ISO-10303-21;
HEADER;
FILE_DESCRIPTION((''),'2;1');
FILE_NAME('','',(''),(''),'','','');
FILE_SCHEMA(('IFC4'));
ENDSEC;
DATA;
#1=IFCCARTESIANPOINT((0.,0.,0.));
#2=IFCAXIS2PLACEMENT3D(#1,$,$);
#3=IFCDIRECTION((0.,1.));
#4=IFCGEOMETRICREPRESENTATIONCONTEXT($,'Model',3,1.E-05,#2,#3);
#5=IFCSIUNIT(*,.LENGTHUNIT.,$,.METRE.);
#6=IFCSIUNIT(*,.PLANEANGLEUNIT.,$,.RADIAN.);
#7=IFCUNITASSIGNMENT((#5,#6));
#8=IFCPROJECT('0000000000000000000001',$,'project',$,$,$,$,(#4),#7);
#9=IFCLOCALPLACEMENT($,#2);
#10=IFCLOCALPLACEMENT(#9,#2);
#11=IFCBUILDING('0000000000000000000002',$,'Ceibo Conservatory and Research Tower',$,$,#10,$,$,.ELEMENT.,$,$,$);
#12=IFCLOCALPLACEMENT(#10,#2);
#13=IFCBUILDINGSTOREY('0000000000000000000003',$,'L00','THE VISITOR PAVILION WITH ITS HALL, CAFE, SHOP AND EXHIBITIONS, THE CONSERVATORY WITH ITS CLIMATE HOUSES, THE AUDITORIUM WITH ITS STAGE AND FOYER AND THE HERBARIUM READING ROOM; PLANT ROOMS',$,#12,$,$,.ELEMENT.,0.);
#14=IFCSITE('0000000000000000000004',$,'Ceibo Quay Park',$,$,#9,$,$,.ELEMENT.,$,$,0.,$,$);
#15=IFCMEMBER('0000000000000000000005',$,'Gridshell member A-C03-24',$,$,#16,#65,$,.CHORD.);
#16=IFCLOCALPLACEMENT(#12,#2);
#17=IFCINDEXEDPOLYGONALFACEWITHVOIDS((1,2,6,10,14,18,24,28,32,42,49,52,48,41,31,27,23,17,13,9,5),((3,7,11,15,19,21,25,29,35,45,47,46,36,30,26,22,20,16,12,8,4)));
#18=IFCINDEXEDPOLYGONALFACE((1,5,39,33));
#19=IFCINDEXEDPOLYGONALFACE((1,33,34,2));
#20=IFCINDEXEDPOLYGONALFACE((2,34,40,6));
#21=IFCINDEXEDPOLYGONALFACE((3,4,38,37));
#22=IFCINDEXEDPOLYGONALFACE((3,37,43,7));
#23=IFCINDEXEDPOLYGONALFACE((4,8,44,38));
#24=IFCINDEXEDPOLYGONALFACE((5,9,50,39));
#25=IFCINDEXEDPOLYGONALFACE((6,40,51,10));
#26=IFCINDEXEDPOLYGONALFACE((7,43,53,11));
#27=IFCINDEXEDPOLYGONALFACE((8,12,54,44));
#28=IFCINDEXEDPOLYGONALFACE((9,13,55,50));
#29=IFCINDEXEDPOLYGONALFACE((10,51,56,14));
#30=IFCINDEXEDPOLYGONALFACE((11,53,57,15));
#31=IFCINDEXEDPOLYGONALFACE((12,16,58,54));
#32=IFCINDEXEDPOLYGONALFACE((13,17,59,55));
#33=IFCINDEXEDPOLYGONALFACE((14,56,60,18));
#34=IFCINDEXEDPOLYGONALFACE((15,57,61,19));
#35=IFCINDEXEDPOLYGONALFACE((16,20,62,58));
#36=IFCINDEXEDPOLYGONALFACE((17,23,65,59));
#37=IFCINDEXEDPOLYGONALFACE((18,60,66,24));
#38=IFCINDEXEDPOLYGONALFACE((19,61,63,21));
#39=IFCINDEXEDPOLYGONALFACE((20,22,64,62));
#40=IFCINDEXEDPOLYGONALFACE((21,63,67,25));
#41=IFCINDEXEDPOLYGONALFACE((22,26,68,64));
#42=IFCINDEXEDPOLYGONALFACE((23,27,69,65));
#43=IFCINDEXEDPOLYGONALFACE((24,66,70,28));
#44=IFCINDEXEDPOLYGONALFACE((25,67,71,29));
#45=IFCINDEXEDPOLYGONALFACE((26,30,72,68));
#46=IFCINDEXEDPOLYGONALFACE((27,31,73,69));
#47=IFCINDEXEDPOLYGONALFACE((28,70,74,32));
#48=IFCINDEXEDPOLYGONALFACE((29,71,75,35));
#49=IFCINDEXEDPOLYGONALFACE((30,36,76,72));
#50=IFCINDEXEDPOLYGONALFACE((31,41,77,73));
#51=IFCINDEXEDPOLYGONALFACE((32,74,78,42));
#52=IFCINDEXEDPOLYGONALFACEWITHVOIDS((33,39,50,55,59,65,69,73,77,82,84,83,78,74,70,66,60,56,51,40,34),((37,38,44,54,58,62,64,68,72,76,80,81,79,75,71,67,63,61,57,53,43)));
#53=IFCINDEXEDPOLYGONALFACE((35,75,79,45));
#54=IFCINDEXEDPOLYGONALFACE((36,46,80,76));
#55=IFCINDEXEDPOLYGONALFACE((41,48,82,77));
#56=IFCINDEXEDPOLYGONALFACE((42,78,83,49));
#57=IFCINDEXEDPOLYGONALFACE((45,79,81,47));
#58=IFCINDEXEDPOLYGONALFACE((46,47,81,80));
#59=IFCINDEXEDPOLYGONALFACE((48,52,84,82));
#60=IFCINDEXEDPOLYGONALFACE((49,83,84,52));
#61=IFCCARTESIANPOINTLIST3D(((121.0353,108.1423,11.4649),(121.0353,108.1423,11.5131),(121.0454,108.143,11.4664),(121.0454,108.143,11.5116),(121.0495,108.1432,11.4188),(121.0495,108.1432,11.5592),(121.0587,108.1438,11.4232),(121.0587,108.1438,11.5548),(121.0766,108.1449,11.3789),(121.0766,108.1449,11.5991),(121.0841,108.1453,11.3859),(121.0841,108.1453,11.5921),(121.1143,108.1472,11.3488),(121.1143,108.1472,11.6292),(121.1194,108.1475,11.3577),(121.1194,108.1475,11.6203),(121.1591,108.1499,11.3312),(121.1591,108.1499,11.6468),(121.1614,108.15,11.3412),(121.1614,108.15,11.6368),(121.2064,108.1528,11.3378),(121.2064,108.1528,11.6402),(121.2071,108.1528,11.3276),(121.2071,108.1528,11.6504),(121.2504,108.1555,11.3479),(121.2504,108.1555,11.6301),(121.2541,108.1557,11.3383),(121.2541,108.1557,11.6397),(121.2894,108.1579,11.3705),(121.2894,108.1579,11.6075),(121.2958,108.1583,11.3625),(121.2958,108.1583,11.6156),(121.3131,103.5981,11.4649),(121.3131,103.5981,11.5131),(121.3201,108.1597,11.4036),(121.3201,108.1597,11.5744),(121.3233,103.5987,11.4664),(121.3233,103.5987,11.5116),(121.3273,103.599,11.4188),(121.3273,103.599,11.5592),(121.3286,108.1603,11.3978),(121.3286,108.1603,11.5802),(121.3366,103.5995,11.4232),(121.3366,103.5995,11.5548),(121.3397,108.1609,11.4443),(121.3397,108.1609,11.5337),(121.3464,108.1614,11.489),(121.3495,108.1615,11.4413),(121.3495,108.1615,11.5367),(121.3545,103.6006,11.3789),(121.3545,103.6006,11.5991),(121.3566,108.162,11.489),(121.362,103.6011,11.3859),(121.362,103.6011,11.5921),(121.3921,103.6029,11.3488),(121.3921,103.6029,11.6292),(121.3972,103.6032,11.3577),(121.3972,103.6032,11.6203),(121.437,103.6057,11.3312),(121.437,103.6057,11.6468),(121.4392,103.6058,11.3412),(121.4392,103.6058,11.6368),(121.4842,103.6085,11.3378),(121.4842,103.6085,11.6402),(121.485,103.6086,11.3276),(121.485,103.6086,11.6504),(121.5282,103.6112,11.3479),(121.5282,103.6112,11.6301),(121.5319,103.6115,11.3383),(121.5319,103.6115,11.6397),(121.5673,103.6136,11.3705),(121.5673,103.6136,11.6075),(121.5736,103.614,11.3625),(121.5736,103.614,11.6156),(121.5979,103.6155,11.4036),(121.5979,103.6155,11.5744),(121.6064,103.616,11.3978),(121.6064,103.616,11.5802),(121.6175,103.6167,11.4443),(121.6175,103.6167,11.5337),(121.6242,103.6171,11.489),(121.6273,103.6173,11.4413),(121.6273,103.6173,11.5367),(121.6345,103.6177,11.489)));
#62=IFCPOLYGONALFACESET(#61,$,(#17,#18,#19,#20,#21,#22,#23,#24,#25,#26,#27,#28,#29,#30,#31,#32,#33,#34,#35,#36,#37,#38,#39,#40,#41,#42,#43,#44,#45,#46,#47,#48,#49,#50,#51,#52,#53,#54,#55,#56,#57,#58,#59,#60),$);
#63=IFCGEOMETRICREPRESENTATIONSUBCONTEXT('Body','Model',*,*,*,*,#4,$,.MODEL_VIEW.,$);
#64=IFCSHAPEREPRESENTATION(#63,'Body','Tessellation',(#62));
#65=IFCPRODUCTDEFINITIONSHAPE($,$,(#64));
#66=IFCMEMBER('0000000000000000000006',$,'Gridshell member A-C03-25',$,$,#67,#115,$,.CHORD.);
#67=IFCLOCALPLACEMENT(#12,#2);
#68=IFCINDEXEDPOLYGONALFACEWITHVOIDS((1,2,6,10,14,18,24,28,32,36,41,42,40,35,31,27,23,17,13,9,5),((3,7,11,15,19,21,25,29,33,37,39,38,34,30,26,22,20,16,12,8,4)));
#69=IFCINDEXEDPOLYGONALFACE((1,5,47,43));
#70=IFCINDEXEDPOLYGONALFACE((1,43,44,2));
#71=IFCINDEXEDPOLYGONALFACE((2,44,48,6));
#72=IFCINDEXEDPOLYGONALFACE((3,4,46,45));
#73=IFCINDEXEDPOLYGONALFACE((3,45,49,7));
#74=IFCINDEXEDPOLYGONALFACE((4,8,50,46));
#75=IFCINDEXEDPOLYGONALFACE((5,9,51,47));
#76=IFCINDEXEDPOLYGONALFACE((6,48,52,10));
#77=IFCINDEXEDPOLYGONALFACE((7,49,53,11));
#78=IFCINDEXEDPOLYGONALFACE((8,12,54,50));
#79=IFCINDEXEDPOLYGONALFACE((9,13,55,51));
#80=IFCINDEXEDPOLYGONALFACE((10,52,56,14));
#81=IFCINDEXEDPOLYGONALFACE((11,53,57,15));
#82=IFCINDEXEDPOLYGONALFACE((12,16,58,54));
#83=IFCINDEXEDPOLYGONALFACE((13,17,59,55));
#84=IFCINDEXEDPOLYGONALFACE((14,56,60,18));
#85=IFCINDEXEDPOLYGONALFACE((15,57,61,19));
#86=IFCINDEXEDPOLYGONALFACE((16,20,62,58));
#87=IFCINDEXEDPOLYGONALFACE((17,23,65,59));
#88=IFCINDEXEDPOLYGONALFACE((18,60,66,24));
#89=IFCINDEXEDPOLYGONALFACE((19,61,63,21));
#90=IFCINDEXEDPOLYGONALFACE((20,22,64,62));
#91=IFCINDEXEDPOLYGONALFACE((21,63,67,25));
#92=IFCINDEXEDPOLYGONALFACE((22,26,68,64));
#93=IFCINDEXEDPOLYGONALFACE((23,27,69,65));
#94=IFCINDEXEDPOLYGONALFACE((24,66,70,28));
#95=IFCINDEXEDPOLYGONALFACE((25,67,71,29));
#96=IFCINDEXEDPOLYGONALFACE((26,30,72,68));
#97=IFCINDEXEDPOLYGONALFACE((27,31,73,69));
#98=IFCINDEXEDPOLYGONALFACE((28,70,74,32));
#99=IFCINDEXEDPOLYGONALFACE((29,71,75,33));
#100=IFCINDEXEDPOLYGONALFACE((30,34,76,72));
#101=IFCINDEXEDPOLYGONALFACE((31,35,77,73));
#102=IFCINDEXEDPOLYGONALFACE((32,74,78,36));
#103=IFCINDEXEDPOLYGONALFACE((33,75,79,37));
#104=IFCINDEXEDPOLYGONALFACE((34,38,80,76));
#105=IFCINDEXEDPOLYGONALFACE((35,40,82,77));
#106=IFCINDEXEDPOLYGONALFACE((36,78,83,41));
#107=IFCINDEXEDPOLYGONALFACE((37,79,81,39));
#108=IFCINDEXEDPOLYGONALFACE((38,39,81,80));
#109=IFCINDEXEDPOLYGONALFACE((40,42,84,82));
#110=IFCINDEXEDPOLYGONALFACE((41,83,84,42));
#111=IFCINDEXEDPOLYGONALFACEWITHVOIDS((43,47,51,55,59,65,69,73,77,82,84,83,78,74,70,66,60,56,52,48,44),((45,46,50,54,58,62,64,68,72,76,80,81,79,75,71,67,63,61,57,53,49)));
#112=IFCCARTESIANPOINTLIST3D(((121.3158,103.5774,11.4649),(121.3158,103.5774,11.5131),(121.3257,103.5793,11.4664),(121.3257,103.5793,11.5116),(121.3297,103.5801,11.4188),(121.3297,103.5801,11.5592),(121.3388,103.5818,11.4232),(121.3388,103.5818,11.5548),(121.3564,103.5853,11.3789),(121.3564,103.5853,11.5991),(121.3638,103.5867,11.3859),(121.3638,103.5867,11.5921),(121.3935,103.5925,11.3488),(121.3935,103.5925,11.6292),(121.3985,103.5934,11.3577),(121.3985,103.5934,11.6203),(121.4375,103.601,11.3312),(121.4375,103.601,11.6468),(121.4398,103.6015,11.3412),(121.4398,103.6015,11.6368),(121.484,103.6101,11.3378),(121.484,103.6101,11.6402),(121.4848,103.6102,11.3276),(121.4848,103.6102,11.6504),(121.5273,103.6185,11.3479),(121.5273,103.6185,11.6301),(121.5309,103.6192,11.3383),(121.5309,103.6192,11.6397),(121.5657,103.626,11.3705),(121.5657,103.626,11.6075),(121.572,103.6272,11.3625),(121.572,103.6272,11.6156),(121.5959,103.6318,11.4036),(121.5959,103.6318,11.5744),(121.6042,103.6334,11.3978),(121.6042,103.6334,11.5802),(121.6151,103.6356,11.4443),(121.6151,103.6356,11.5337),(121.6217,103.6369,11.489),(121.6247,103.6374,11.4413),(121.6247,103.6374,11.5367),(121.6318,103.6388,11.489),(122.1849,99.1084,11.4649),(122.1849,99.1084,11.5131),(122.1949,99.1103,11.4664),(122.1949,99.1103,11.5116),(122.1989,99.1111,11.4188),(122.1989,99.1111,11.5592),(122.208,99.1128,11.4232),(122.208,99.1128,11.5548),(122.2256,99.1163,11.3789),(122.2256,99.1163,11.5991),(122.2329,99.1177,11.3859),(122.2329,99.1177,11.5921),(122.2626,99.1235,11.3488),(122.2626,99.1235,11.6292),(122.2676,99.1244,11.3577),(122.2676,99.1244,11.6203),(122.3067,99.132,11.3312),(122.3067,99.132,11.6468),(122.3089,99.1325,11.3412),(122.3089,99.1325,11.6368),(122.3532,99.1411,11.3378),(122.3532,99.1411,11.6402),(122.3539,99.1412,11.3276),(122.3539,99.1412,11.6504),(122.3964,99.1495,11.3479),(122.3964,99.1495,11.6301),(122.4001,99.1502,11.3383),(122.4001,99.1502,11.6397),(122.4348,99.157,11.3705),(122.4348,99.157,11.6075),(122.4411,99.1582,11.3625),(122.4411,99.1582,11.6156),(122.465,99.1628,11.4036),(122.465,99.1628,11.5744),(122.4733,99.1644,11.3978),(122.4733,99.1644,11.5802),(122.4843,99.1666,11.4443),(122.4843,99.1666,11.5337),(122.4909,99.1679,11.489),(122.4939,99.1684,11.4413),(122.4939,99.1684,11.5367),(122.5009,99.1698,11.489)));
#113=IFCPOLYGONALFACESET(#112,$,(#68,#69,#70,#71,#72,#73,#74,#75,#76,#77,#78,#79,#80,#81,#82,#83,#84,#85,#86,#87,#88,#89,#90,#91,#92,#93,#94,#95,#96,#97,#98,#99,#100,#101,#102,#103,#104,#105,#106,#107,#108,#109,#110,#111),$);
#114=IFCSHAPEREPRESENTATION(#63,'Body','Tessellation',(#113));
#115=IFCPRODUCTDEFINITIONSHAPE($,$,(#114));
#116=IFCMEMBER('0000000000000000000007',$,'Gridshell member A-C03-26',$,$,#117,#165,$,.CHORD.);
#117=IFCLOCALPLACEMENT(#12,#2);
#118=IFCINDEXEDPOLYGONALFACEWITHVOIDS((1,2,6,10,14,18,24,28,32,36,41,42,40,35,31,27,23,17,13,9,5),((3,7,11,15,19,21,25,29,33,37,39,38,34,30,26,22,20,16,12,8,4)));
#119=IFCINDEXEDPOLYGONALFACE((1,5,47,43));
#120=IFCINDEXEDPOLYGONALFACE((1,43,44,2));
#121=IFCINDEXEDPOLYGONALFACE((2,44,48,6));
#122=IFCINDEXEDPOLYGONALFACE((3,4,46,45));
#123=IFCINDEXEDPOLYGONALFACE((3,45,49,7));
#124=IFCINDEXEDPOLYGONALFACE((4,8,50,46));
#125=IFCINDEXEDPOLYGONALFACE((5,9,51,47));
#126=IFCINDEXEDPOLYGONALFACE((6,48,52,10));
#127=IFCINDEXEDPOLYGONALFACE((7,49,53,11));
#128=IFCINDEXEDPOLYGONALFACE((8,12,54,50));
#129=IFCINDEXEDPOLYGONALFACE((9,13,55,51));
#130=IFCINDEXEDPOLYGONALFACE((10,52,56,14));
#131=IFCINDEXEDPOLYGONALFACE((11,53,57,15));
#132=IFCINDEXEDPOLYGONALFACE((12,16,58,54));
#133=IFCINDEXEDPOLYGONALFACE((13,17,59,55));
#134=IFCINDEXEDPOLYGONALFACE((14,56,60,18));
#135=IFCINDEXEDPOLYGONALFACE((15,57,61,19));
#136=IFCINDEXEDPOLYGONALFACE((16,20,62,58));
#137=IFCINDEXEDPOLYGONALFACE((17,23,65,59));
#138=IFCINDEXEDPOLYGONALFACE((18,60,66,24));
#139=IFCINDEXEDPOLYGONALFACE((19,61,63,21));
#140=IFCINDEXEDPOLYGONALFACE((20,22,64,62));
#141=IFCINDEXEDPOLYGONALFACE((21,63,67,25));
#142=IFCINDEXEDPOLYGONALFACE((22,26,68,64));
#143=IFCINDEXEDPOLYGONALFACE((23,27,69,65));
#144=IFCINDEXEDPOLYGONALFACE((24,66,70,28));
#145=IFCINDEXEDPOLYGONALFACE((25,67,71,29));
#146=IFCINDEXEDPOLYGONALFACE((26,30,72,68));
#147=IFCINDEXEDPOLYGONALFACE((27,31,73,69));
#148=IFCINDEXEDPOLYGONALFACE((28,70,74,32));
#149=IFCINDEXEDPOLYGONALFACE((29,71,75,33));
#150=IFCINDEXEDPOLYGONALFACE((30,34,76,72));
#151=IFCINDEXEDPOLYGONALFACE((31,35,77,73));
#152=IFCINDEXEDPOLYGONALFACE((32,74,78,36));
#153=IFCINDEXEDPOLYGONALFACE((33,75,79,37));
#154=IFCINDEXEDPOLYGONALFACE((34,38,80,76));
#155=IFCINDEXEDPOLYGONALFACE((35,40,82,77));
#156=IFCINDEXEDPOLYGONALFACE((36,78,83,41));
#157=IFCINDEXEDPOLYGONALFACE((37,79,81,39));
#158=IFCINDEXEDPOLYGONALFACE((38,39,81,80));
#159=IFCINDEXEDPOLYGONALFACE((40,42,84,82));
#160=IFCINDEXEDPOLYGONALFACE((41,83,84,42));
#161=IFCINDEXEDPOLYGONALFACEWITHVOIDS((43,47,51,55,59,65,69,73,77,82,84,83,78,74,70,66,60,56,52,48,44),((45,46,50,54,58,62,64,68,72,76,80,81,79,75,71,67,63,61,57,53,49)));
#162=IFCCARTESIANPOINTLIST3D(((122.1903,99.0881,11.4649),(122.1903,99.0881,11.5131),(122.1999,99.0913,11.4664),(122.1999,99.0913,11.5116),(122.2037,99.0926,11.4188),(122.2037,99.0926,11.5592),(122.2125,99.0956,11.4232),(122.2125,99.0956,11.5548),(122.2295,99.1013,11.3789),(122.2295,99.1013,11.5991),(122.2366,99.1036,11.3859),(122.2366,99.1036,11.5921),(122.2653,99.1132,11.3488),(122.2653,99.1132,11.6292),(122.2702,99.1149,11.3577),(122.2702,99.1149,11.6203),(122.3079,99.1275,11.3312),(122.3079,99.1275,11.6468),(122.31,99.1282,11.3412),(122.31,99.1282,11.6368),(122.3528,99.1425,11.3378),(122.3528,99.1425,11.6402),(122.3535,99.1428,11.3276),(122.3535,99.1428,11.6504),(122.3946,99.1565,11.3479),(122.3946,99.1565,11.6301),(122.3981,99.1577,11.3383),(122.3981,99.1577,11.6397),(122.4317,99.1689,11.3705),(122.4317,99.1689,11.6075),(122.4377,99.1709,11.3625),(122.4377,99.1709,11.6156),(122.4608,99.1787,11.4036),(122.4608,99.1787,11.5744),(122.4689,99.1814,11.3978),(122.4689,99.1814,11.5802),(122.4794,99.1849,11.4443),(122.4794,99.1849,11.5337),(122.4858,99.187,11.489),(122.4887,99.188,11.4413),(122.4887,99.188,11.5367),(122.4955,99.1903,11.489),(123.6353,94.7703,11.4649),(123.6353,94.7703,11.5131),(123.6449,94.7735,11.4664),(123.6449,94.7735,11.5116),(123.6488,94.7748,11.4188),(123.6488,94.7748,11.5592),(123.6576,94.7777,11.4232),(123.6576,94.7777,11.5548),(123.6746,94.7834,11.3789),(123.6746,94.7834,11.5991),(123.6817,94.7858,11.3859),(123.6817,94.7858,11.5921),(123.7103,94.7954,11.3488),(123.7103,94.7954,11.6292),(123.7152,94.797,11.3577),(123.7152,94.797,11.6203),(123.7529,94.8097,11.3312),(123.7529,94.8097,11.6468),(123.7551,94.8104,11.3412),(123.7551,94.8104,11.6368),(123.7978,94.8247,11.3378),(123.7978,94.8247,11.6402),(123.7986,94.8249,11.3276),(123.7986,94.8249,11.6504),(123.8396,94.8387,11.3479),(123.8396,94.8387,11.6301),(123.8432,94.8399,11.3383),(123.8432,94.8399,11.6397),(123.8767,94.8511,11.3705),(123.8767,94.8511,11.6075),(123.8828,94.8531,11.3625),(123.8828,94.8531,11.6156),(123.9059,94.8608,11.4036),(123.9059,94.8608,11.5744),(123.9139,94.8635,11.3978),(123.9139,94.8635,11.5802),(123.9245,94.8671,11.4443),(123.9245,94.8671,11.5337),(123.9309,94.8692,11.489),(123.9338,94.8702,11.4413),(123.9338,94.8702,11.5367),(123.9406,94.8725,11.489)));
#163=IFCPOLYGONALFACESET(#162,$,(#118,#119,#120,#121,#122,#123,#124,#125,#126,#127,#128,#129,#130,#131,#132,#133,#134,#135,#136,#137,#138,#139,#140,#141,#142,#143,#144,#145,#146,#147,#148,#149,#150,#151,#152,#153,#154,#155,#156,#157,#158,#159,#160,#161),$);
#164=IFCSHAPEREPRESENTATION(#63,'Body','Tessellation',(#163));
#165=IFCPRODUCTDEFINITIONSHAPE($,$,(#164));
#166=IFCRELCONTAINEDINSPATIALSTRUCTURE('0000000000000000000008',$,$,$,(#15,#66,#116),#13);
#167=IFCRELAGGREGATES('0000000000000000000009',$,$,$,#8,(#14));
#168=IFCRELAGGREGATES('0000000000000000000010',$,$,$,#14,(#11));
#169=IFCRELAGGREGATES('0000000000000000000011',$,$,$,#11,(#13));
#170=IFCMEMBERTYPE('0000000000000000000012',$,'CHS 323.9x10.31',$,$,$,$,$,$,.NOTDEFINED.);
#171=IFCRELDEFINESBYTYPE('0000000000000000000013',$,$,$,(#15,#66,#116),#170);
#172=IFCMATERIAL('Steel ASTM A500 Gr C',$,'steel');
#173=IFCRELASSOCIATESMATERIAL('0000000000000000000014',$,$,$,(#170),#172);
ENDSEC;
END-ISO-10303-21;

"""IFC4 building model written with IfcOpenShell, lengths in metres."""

from ifc_helpers import new_model, si_unit, direction, frame, origin, origin_2d, place, context, subcontext, project, spatial, hollow_circle, extrude, material, material_profile, profile_set, type_object, element, save


model = new_model("IFC4")

# Units and contexts
model_context = context("Model", 3, precision=1e-05, world=origin(), true_north=direction((0.0, 1.0)))
body_context = subcontext(model_context, "Body", "Model", "MODEL_VIEW")
ifc_project = project(units=[si_unit("LENGTHUNIT", "METRE"), si_unit("PLANEANGLEUNIT", "RADIAN")], contexts=[model_context])

# Site, building, storey
site_placement = place(None, origin())
site = spatial("IfcSite", under=ifc_project, at=site_placement, Name="Ceibo Quay Park", CompositionType="ELEMENT", RefElevation=0.0)
building_placement = place(site_placement, origin())
building = spatial("IfcBuilding", under=site, at=building_placement, Name="Ceibo Conservatory and Research Tower", CompositionType="ELEMENT")
storey_placement = place(building_placement, origin())
storey = spatial("IfcBuildingStorey", under=building, at=storey_placement, Name="L00", Description="THE VISITOR PAVILION WITH ITS HALL, CAFE, SHOP AND EXHIBITIONS, THE CONSERVATORY WITH ITS CLIMATE HOUSES, THE AUDITORIUM WITH ITS STAGE AND FOYER AND THE HERBARIUM READING ROOM; PLANT ROOMS", CompositionType="ELEMENT", Elevation=0.0)

# Members
ifc_material_1 = material(Name="Steel ASTM A500 Gr C", Category="steel")
ifc_material_profile_1 = material_profile(ifc_material_1, hollow_circle(Radius=0.1619, WallThickness=0.0103, at=origin_2d()), Name="CHS 323.9x10.31")
ifc_profile_set_1 = profile_set([ifc_material_profile_1], Name="Steel ASTM A500 Gr C")
member_type_1 = type_object("IfcMemberType", Name="CHS 323.9x10.31", PredefinedType="NOTDEFINED", material=ifc_profile_set_1)
for number, where, z_axis, x_axis, name in (
    (1, (121.1951, 108.1521, 11.489), (0.061026, -0.998136, 0.0), (0.998136, 0.061026, 0.0), "Gridshell member A-C03-24"),
    (2, (121.4729, 103.6079, 11.489), (0.190906, -0.981608, 0.0), (0.981608, 0.190906, 0.0), "Gridshell member A-C03-25"),
):
    element("IfcMember", number, at=place(storey_placement, frame(where, z_axis=z_axis, x_axis=x_axis)), inside=storey, type_object=member_type_1, Name=name, PredefinedType="CHORD", context=body_context, shape_type="SweptSolid", body=[
        extrude(hollow_circle(Radius=0.1619, WallThickness=0.0103, at=origin_2d()), origin(), (0.0, 0.0, 1.0), 4.5527),
    ])
member_1_placement = place(storey_placement, frame((122.342, 99.1389, 11.489), z_axis=(0.31737, -0.948302, 0.0), x_axis=(0.948302, 0.31737, 0.0)))
element("IfcMember", 3, at=member_1_placement, inside=storey, type_object=member_type_1, Name="Gridshell member A-C03-26", PredefinedType="CHORD", context=body_context, shape_type="SweptSolid", body=[
    extrude(hollow_circle(Radius=0.1619, WallThickness=0.0103, at=origin_2d()), origin(), (0.0, 0.0, 1.0), 4.5532),
])

save(model, "model.ifc")
